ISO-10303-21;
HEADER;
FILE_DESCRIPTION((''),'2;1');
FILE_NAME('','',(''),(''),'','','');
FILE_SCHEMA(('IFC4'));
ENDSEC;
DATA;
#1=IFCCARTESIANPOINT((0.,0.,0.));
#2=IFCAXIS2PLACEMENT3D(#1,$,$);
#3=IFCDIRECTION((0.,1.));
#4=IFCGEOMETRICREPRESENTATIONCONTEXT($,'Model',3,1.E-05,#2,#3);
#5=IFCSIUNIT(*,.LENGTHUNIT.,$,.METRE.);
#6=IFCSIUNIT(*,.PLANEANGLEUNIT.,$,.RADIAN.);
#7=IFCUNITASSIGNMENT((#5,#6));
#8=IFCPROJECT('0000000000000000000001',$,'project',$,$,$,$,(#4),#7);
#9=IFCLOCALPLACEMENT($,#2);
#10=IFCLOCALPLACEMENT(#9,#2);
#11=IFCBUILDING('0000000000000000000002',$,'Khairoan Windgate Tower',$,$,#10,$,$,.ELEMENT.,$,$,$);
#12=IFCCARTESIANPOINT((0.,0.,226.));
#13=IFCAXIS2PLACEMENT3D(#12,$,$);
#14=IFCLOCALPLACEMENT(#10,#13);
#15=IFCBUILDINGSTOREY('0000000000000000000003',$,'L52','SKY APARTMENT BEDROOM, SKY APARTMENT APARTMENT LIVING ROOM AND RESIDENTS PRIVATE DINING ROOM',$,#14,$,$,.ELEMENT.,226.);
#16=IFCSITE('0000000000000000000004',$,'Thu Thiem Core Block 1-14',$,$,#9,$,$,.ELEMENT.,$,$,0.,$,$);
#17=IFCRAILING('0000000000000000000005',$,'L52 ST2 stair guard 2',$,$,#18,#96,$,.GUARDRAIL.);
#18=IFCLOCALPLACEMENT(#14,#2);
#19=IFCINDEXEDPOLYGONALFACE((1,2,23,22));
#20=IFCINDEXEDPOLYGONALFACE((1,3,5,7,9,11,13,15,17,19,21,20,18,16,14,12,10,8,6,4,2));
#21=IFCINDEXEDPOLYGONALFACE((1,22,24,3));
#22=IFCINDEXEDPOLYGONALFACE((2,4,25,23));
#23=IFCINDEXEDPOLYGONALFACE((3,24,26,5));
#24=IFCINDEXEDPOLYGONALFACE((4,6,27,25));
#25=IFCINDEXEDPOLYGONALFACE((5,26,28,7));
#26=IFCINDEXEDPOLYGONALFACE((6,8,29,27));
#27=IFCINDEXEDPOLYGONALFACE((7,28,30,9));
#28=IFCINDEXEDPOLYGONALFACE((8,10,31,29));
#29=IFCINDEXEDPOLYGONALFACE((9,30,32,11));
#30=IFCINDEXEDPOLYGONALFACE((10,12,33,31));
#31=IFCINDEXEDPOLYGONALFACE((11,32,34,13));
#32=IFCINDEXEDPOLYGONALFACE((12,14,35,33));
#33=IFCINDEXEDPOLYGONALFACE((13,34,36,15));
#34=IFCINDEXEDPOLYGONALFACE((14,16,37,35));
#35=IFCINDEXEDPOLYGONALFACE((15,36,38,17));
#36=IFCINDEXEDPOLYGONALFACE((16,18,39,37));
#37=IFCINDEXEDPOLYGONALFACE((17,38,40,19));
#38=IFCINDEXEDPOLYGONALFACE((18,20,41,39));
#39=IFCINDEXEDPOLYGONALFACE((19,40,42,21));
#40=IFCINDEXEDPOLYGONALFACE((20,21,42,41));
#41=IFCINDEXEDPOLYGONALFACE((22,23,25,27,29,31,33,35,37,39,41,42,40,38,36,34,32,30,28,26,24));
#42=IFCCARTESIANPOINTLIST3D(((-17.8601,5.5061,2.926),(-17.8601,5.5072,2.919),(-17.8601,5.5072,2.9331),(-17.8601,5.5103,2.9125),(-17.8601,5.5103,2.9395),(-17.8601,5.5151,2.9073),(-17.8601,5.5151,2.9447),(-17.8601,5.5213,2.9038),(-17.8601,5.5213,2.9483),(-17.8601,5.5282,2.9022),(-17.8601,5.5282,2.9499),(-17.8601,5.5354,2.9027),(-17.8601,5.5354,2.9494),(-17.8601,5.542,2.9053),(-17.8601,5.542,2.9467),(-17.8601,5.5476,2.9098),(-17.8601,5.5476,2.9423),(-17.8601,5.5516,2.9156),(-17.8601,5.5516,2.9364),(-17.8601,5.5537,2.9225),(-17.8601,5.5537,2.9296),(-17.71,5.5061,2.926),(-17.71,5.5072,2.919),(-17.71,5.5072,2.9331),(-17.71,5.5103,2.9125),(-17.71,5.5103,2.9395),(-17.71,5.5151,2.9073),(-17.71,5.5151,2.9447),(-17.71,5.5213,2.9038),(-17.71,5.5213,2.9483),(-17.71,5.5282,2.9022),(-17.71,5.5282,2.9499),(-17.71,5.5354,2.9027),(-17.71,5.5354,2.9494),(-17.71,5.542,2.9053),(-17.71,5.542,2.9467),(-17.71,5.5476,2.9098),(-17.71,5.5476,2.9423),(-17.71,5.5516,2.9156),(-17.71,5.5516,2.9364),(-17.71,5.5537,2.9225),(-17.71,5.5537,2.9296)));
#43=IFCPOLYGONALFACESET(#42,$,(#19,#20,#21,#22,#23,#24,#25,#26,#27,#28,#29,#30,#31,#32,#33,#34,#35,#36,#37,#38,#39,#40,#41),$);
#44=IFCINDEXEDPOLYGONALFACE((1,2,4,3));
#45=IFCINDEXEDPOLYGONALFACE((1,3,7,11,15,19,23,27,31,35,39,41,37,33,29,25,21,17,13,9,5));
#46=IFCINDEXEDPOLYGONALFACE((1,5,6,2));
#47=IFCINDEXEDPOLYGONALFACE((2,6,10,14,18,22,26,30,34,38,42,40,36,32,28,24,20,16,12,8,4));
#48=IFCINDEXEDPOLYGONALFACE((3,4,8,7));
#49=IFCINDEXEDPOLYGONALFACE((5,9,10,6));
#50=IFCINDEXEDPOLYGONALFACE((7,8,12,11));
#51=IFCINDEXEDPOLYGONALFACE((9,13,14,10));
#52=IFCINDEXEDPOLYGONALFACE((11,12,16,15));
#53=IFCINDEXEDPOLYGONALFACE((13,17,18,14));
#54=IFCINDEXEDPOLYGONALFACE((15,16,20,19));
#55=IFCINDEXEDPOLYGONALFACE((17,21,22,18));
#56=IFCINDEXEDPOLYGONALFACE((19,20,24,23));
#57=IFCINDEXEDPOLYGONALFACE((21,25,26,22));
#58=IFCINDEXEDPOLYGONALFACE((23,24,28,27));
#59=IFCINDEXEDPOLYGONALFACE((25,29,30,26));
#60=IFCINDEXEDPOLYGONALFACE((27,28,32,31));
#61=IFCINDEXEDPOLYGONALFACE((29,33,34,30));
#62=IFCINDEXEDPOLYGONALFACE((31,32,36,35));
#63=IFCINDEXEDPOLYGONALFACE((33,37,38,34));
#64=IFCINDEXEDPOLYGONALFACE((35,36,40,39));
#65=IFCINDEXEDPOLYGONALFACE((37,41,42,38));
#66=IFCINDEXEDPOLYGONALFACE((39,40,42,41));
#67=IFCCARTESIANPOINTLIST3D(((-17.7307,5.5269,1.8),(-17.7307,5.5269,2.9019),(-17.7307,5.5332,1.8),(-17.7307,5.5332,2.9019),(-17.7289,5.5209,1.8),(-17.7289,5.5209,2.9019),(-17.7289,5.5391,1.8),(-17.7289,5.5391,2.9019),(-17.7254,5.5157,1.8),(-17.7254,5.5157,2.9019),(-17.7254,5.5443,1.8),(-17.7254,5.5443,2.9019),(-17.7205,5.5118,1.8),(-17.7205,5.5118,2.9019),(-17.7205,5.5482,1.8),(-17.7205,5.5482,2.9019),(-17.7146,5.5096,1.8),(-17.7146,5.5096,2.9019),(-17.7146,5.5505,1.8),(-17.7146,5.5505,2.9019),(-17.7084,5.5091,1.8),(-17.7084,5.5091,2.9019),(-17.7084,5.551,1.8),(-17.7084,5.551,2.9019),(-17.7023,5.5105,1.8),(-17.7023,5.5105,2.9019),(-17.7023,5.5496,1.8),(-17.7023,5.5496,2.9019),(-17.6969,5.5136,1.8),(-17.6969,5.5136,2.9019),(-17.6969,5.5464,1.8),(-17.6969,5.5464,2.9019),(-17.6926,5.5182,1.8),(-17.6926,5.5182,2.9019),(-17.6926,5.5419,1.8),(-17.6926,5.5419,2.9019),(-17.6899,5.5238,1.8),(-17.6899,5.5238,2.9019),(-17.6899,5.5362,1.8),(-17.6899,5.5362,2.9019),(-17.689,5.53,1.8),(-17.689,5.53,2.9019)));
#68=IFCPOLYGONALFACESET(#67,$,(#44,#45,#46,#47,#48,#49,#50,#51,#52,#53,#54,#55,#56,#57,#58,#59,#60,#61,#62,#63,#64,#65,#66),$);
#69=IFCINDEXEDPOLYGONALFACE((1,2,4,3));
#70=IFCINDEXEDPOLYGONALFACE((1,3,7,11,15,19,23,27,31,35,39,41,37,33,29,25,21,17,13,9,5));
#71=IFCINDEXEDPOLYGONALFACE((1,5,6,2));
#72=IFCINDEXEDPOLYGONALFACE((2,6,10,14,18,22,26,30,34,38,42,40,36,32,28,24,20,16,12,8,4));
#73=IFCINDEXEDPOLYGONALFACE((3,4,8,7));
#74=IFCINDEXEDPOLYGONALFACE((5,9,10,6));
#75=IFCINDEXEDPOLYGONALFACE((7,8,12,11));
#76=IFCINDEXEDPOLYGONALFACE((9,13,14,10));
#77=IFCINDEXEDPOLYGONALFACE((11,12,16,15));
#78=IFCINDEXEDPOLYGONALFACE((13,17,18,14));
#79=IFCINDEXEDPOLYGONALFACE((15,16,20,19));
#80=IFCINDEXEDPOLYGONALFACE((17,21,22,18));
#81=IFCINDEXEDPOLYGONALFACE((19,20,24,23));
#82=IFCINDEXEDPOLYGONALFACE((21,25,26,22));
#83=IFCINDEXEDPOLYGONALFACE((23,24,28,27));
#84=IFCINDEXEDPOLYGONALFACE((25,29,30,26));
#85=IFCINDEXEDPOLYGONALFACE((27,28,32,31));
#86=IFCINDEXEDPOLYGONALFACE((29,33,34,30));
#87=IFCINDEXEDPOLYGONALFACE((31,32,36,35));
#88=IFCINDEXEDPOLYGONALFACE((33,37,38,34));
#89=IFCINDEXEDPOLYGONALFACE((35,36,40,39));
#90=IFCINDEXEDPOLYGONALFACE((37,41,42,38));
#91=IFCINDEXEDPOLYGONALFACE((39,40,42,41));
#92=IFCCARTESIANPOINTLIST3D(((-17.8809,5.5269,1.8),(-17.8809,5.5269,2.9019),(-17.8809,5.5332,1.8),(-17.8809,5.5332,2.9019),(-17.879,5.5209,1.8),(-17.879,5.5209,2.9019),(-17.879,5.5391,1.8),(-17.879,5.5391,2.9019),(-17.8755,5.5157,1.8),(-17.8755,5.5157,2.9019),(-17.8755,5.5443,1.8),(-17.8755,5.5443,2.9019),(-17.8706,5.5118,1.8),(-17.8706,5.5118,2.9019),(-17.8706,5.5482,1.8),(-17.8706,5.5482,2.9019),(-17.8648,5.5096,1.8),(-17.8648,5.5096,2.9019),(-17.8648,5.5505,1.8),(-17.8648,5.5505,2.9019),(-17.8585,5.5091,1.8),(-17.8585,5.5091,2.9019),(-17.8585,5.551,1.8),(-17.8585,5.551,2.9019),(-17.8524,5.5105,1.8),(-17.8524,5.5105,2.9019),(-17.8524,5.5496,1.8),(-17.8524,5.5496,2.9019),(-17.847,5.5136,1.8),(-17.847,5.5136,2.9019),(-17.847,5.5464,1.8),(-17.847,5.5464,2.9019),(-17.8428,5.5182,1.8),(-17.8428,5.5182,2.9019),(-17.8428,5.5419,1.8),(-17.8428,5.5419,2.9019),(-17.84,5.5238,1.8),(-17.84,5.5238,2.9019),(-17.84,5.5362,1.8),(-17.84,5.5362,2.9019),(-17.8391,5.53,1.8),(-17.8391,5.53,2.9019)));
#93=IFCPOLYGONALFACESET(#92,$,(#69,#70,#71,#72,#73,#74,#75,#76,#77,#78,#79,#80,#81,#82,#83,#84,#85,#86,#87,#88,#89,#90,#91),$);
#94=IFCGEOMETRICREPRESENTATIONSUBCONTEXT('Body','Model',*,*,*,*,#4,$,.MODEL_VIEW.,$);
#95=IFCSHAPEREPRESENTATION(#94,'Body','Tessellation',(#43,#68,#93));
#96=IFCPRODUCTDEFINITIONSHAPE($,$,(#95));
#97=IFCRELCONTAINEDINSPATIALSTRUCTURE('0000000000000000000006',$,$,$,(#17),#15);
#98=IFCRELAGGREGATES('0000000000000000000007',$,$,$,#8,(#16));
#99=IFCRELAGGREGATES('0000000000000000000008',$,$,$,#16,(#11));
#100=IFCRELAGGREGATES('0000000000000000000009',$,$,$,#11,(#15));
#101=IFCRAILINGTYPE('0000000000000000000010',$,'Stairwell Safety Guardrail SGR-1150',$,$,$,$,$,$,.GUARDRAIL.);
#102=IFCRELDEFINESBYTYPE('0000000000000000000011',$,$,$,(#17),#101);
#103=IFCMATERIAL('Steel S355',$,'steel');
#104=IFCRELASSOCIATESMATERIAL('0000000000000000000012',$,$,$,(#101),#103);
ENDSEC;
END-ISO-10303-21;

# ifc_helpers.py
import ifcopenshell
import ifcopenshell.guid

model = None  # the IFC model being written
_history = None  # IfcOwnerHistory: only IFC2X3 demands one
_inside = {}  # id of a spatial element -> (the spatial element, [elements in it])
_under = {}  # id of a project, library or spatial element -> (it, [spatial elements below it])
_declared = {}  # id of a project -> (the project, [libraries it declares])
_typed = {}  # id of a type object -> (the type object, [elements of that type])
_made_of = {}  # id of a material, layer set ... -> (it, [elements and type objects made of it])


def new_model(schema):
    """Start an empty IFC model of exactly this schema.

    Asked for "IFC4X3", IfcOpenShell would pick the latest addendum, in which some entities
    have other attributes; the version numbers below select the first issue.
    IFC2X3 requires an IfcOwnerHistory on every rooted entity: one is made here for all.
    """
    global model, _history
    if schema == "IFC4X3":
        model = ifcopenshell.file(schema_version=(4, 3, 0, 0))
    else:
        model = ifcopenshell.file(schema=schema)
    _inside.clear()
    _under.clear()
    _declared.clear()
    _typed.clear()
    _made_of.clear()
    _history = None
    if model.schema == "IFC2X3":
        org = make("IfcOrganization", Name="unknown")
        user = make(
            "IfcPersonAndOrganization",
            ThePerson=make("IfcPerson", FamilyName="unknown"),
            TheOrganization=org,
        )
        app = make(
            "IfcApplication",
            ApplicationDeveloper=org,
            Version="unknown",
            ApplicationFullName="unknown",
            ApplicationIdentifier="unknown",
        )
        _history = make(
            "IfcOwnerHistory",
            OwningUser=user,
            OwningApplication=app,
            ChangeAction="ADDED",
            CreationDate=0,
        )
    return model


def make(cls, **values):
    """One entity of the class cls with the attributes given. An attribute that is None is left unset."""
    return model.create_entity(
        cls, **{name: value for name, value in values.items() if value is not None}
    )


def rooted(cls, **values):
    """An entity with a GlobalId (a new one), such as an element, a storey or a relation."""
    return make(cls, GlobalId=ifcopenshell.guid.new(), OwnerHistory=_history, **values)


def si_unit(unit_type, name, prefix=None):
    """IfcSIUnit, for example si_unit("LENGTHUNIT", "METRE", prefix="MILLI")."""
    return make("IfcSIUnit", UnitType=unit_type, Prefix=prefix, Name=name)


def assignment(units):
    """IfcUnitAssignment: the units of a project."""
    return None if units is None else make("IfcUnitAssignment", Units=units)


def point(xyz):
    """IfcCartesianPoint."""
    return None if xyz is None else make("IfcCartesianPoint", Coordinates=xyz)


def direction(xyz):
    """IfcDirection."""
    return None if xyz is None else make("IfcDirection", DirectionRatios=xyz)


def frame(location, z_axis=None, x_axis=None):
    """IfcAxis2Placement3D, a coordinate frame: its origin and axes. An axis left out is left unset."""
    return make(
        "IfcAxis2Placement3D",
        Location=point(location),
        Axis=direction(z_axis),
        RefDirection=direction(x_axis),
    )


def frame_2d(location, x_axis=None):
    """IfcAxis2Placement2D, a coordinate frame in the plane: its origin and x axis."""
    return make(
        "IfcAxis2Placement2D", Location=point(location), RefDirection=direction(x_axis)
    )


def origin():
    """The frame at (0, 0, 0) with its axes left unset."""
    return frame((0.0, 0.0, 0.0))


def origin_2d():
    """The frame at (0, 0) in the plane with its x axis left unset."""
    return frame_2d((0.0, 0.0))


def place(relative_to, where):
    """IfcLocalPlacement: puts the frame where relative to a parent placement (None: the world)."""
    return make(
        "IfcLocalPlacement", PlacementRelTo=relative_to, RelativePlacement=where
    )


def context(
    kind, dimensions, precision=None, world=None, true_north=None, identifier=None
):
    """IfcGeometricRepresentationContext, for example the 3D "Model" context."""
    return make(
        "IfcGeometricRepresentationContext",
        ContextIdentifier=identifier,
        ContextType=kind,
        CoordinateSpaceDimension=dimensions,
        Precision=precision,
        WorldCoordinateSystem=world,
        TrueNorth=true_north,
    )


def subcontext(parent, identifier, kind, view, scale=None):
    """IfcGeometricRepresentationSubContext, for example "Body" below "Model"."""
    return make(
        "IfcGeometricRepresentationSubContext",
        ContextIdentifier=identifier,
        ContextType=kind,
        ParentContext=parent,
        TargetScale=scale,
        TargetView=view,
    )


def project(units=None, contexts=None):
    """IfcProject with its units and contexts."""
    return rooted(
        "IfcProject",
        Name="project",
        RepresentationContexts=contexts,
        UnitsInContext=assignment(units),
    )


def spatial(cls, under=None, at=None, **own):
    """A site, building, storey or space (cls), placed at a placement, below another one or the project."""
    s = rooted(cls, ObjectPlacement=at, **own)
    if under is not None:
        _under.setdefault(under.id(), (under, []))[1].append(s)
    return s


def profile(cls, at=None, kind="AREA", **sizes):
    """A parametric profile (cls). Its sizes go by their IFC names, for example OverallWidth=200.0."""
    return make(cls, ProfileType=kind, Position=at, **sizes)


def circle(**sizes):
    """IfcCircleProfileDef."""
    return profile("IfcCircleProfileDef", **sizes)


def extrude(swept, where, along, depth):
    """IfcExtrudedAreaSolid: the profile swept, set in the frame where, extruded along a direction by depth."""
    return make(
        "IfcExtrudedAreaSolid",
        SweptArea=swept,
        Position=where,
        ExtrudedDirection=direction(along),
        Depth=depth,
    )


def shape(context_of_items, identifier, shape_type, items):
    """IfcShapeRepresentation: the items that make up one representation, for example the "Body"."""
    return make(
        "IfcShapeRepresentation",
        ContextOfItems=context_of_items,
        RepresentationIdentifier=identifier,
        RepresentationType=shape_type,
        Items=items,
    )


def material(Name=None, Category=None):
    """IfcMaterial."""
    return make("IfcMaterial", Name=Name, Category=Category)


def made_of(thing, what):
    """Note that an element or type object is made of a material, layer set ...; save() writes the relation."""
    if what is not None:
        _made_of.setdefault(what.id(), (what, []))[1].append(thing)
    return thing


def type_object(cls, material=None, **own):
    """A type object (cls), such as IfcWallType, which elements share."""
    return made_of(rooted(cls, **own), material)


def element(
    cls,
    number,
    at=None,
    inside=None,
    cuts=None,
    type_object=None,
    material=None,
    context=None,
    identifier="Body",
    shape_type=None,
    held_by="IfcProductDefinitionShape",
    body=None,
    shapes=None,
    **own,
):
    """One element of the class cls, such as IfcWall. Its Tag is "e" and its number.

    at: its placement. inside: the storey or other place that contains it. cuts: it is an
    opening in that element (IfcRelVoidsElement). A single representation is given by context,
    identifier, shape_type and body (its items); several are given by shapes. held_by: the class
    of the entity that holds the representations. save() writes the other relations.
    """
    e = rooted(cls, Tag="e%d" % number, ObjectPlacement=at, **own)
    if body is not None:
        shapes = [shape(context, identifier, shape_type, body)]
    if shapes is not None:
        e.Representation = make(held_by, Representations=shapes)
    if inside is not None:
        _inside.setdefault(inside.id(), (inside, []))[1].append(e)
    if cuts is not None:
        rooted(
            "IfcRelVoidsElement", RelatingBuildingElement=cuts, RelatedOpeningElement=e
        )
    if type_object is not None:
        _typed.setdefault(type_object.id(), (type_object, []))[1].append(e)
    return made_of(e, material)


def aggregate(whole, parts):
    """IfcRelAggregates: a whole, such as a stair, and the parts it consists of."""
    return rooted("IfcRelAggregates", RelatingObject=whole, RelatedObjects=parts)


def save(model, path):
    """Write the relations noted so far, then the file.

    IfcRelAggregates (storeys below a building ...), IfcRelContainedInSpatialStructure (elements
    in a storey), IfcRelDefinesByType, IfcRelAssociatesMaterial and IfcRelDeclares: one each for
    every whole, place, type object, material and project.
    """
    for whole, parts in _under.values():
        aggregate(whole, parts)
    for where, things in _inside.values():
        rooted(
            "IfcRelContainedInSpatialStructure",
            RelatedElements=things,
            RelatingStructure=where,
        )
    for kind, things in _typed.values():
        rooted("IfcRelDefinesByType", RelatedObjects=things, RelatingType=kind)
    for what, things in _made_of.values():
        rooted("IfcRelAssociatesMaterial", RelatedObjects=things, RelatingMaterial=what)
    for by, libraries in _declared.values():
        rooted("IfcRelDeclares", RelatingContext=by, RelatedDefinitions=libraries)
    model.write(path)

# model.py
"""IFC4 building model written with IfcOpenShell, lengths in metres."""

from ifc_helpers import new_model, si_unit, direction, frame, origin, origin_2d, place, context, subcontext, project, spatial, circle, extrude, material, type_object, element, save


model = new_model("IFC4")

# Units and contexts
model_context = context("Model", 3, precision=1e-05, world=origin(), true_north=direction((0.0, 1.0)))
body_context = subcontext(model_context, "Body", "Model", "MODEL_VIEW")
ifc_project = project(units=[si_unit("LENGTHUNIT", "METRE"), si_unit("PLANEANGLEUNIT", "RADIAN")], contexts=[model_context])

# Site, building, storey
site_placement = place(None, origin())
site = spatial("IfcSite", under=ifc_project, at=site_placement, Name="Thu Thiem Core Block 1-14", CompositionType="ELEMENT", RefElevation=0.0)
building_placement = place(site_placement, origin())
building = spatial("IfcBuilding", under=site, at=building_placement, Name="Khairoan Windgate Tower", CompositionType="ELEMENT")
storey_placement = place(building_placement, frame((0.0, 0.0, 226.0)))
storey = spatial("IfcBuildingStorey", under=building, at=storey_placement, Name="L52", Description="SKY APARTMENT BEDROOM, SKY APARTMENT APARTMENT LIVING ROOM AND RESIDENTS PRIVATE DINING ROOM", CompositionType="ELEMENT", Elevation=226.0)

# Railing
ifc_material_1 = material(Name="Steel S355", Category="steel")
railing_type_1 = type_object("IfcRailingType", Name="Stairwell Safety Guardrail SGR-1150", PredefinedType="GUARDRAIL", material=ifc_material_1)
railing_1_placement = place(storey_placement, frame((-17.71, 5.53, 1.8)))
element("IfcRailing", 1, at=railing_1_placement, inside=storey, type_object=railing_type_1, Name="L52 ST2 stair guard 2", PredefinedType="GUARDRAIL", context=body_context, shape_type="SweptSolid", body=[
    extrude(circle(Radius=0.0239, at=origin_2d()), frame((0.0, 0.0, 1.126), z_axis=(-1.0, 0.0, 0.0), x_axis=(0.0, -1.0, 0.0)), (0.0, 0.0, 1.0), 0.1501),
    extrude(circle(Radius=0.021, at=origin_2d()), origin(), (0.0, 0.0, 1.0), 1.1018),
    extrude(circle(Radius=0.021, at=origin_2d()), frame((-0.1501, 0.0, 0.0)), (0.0, 0.0, 1.0), 1.1018),
])

save(model, "model.ifc")
